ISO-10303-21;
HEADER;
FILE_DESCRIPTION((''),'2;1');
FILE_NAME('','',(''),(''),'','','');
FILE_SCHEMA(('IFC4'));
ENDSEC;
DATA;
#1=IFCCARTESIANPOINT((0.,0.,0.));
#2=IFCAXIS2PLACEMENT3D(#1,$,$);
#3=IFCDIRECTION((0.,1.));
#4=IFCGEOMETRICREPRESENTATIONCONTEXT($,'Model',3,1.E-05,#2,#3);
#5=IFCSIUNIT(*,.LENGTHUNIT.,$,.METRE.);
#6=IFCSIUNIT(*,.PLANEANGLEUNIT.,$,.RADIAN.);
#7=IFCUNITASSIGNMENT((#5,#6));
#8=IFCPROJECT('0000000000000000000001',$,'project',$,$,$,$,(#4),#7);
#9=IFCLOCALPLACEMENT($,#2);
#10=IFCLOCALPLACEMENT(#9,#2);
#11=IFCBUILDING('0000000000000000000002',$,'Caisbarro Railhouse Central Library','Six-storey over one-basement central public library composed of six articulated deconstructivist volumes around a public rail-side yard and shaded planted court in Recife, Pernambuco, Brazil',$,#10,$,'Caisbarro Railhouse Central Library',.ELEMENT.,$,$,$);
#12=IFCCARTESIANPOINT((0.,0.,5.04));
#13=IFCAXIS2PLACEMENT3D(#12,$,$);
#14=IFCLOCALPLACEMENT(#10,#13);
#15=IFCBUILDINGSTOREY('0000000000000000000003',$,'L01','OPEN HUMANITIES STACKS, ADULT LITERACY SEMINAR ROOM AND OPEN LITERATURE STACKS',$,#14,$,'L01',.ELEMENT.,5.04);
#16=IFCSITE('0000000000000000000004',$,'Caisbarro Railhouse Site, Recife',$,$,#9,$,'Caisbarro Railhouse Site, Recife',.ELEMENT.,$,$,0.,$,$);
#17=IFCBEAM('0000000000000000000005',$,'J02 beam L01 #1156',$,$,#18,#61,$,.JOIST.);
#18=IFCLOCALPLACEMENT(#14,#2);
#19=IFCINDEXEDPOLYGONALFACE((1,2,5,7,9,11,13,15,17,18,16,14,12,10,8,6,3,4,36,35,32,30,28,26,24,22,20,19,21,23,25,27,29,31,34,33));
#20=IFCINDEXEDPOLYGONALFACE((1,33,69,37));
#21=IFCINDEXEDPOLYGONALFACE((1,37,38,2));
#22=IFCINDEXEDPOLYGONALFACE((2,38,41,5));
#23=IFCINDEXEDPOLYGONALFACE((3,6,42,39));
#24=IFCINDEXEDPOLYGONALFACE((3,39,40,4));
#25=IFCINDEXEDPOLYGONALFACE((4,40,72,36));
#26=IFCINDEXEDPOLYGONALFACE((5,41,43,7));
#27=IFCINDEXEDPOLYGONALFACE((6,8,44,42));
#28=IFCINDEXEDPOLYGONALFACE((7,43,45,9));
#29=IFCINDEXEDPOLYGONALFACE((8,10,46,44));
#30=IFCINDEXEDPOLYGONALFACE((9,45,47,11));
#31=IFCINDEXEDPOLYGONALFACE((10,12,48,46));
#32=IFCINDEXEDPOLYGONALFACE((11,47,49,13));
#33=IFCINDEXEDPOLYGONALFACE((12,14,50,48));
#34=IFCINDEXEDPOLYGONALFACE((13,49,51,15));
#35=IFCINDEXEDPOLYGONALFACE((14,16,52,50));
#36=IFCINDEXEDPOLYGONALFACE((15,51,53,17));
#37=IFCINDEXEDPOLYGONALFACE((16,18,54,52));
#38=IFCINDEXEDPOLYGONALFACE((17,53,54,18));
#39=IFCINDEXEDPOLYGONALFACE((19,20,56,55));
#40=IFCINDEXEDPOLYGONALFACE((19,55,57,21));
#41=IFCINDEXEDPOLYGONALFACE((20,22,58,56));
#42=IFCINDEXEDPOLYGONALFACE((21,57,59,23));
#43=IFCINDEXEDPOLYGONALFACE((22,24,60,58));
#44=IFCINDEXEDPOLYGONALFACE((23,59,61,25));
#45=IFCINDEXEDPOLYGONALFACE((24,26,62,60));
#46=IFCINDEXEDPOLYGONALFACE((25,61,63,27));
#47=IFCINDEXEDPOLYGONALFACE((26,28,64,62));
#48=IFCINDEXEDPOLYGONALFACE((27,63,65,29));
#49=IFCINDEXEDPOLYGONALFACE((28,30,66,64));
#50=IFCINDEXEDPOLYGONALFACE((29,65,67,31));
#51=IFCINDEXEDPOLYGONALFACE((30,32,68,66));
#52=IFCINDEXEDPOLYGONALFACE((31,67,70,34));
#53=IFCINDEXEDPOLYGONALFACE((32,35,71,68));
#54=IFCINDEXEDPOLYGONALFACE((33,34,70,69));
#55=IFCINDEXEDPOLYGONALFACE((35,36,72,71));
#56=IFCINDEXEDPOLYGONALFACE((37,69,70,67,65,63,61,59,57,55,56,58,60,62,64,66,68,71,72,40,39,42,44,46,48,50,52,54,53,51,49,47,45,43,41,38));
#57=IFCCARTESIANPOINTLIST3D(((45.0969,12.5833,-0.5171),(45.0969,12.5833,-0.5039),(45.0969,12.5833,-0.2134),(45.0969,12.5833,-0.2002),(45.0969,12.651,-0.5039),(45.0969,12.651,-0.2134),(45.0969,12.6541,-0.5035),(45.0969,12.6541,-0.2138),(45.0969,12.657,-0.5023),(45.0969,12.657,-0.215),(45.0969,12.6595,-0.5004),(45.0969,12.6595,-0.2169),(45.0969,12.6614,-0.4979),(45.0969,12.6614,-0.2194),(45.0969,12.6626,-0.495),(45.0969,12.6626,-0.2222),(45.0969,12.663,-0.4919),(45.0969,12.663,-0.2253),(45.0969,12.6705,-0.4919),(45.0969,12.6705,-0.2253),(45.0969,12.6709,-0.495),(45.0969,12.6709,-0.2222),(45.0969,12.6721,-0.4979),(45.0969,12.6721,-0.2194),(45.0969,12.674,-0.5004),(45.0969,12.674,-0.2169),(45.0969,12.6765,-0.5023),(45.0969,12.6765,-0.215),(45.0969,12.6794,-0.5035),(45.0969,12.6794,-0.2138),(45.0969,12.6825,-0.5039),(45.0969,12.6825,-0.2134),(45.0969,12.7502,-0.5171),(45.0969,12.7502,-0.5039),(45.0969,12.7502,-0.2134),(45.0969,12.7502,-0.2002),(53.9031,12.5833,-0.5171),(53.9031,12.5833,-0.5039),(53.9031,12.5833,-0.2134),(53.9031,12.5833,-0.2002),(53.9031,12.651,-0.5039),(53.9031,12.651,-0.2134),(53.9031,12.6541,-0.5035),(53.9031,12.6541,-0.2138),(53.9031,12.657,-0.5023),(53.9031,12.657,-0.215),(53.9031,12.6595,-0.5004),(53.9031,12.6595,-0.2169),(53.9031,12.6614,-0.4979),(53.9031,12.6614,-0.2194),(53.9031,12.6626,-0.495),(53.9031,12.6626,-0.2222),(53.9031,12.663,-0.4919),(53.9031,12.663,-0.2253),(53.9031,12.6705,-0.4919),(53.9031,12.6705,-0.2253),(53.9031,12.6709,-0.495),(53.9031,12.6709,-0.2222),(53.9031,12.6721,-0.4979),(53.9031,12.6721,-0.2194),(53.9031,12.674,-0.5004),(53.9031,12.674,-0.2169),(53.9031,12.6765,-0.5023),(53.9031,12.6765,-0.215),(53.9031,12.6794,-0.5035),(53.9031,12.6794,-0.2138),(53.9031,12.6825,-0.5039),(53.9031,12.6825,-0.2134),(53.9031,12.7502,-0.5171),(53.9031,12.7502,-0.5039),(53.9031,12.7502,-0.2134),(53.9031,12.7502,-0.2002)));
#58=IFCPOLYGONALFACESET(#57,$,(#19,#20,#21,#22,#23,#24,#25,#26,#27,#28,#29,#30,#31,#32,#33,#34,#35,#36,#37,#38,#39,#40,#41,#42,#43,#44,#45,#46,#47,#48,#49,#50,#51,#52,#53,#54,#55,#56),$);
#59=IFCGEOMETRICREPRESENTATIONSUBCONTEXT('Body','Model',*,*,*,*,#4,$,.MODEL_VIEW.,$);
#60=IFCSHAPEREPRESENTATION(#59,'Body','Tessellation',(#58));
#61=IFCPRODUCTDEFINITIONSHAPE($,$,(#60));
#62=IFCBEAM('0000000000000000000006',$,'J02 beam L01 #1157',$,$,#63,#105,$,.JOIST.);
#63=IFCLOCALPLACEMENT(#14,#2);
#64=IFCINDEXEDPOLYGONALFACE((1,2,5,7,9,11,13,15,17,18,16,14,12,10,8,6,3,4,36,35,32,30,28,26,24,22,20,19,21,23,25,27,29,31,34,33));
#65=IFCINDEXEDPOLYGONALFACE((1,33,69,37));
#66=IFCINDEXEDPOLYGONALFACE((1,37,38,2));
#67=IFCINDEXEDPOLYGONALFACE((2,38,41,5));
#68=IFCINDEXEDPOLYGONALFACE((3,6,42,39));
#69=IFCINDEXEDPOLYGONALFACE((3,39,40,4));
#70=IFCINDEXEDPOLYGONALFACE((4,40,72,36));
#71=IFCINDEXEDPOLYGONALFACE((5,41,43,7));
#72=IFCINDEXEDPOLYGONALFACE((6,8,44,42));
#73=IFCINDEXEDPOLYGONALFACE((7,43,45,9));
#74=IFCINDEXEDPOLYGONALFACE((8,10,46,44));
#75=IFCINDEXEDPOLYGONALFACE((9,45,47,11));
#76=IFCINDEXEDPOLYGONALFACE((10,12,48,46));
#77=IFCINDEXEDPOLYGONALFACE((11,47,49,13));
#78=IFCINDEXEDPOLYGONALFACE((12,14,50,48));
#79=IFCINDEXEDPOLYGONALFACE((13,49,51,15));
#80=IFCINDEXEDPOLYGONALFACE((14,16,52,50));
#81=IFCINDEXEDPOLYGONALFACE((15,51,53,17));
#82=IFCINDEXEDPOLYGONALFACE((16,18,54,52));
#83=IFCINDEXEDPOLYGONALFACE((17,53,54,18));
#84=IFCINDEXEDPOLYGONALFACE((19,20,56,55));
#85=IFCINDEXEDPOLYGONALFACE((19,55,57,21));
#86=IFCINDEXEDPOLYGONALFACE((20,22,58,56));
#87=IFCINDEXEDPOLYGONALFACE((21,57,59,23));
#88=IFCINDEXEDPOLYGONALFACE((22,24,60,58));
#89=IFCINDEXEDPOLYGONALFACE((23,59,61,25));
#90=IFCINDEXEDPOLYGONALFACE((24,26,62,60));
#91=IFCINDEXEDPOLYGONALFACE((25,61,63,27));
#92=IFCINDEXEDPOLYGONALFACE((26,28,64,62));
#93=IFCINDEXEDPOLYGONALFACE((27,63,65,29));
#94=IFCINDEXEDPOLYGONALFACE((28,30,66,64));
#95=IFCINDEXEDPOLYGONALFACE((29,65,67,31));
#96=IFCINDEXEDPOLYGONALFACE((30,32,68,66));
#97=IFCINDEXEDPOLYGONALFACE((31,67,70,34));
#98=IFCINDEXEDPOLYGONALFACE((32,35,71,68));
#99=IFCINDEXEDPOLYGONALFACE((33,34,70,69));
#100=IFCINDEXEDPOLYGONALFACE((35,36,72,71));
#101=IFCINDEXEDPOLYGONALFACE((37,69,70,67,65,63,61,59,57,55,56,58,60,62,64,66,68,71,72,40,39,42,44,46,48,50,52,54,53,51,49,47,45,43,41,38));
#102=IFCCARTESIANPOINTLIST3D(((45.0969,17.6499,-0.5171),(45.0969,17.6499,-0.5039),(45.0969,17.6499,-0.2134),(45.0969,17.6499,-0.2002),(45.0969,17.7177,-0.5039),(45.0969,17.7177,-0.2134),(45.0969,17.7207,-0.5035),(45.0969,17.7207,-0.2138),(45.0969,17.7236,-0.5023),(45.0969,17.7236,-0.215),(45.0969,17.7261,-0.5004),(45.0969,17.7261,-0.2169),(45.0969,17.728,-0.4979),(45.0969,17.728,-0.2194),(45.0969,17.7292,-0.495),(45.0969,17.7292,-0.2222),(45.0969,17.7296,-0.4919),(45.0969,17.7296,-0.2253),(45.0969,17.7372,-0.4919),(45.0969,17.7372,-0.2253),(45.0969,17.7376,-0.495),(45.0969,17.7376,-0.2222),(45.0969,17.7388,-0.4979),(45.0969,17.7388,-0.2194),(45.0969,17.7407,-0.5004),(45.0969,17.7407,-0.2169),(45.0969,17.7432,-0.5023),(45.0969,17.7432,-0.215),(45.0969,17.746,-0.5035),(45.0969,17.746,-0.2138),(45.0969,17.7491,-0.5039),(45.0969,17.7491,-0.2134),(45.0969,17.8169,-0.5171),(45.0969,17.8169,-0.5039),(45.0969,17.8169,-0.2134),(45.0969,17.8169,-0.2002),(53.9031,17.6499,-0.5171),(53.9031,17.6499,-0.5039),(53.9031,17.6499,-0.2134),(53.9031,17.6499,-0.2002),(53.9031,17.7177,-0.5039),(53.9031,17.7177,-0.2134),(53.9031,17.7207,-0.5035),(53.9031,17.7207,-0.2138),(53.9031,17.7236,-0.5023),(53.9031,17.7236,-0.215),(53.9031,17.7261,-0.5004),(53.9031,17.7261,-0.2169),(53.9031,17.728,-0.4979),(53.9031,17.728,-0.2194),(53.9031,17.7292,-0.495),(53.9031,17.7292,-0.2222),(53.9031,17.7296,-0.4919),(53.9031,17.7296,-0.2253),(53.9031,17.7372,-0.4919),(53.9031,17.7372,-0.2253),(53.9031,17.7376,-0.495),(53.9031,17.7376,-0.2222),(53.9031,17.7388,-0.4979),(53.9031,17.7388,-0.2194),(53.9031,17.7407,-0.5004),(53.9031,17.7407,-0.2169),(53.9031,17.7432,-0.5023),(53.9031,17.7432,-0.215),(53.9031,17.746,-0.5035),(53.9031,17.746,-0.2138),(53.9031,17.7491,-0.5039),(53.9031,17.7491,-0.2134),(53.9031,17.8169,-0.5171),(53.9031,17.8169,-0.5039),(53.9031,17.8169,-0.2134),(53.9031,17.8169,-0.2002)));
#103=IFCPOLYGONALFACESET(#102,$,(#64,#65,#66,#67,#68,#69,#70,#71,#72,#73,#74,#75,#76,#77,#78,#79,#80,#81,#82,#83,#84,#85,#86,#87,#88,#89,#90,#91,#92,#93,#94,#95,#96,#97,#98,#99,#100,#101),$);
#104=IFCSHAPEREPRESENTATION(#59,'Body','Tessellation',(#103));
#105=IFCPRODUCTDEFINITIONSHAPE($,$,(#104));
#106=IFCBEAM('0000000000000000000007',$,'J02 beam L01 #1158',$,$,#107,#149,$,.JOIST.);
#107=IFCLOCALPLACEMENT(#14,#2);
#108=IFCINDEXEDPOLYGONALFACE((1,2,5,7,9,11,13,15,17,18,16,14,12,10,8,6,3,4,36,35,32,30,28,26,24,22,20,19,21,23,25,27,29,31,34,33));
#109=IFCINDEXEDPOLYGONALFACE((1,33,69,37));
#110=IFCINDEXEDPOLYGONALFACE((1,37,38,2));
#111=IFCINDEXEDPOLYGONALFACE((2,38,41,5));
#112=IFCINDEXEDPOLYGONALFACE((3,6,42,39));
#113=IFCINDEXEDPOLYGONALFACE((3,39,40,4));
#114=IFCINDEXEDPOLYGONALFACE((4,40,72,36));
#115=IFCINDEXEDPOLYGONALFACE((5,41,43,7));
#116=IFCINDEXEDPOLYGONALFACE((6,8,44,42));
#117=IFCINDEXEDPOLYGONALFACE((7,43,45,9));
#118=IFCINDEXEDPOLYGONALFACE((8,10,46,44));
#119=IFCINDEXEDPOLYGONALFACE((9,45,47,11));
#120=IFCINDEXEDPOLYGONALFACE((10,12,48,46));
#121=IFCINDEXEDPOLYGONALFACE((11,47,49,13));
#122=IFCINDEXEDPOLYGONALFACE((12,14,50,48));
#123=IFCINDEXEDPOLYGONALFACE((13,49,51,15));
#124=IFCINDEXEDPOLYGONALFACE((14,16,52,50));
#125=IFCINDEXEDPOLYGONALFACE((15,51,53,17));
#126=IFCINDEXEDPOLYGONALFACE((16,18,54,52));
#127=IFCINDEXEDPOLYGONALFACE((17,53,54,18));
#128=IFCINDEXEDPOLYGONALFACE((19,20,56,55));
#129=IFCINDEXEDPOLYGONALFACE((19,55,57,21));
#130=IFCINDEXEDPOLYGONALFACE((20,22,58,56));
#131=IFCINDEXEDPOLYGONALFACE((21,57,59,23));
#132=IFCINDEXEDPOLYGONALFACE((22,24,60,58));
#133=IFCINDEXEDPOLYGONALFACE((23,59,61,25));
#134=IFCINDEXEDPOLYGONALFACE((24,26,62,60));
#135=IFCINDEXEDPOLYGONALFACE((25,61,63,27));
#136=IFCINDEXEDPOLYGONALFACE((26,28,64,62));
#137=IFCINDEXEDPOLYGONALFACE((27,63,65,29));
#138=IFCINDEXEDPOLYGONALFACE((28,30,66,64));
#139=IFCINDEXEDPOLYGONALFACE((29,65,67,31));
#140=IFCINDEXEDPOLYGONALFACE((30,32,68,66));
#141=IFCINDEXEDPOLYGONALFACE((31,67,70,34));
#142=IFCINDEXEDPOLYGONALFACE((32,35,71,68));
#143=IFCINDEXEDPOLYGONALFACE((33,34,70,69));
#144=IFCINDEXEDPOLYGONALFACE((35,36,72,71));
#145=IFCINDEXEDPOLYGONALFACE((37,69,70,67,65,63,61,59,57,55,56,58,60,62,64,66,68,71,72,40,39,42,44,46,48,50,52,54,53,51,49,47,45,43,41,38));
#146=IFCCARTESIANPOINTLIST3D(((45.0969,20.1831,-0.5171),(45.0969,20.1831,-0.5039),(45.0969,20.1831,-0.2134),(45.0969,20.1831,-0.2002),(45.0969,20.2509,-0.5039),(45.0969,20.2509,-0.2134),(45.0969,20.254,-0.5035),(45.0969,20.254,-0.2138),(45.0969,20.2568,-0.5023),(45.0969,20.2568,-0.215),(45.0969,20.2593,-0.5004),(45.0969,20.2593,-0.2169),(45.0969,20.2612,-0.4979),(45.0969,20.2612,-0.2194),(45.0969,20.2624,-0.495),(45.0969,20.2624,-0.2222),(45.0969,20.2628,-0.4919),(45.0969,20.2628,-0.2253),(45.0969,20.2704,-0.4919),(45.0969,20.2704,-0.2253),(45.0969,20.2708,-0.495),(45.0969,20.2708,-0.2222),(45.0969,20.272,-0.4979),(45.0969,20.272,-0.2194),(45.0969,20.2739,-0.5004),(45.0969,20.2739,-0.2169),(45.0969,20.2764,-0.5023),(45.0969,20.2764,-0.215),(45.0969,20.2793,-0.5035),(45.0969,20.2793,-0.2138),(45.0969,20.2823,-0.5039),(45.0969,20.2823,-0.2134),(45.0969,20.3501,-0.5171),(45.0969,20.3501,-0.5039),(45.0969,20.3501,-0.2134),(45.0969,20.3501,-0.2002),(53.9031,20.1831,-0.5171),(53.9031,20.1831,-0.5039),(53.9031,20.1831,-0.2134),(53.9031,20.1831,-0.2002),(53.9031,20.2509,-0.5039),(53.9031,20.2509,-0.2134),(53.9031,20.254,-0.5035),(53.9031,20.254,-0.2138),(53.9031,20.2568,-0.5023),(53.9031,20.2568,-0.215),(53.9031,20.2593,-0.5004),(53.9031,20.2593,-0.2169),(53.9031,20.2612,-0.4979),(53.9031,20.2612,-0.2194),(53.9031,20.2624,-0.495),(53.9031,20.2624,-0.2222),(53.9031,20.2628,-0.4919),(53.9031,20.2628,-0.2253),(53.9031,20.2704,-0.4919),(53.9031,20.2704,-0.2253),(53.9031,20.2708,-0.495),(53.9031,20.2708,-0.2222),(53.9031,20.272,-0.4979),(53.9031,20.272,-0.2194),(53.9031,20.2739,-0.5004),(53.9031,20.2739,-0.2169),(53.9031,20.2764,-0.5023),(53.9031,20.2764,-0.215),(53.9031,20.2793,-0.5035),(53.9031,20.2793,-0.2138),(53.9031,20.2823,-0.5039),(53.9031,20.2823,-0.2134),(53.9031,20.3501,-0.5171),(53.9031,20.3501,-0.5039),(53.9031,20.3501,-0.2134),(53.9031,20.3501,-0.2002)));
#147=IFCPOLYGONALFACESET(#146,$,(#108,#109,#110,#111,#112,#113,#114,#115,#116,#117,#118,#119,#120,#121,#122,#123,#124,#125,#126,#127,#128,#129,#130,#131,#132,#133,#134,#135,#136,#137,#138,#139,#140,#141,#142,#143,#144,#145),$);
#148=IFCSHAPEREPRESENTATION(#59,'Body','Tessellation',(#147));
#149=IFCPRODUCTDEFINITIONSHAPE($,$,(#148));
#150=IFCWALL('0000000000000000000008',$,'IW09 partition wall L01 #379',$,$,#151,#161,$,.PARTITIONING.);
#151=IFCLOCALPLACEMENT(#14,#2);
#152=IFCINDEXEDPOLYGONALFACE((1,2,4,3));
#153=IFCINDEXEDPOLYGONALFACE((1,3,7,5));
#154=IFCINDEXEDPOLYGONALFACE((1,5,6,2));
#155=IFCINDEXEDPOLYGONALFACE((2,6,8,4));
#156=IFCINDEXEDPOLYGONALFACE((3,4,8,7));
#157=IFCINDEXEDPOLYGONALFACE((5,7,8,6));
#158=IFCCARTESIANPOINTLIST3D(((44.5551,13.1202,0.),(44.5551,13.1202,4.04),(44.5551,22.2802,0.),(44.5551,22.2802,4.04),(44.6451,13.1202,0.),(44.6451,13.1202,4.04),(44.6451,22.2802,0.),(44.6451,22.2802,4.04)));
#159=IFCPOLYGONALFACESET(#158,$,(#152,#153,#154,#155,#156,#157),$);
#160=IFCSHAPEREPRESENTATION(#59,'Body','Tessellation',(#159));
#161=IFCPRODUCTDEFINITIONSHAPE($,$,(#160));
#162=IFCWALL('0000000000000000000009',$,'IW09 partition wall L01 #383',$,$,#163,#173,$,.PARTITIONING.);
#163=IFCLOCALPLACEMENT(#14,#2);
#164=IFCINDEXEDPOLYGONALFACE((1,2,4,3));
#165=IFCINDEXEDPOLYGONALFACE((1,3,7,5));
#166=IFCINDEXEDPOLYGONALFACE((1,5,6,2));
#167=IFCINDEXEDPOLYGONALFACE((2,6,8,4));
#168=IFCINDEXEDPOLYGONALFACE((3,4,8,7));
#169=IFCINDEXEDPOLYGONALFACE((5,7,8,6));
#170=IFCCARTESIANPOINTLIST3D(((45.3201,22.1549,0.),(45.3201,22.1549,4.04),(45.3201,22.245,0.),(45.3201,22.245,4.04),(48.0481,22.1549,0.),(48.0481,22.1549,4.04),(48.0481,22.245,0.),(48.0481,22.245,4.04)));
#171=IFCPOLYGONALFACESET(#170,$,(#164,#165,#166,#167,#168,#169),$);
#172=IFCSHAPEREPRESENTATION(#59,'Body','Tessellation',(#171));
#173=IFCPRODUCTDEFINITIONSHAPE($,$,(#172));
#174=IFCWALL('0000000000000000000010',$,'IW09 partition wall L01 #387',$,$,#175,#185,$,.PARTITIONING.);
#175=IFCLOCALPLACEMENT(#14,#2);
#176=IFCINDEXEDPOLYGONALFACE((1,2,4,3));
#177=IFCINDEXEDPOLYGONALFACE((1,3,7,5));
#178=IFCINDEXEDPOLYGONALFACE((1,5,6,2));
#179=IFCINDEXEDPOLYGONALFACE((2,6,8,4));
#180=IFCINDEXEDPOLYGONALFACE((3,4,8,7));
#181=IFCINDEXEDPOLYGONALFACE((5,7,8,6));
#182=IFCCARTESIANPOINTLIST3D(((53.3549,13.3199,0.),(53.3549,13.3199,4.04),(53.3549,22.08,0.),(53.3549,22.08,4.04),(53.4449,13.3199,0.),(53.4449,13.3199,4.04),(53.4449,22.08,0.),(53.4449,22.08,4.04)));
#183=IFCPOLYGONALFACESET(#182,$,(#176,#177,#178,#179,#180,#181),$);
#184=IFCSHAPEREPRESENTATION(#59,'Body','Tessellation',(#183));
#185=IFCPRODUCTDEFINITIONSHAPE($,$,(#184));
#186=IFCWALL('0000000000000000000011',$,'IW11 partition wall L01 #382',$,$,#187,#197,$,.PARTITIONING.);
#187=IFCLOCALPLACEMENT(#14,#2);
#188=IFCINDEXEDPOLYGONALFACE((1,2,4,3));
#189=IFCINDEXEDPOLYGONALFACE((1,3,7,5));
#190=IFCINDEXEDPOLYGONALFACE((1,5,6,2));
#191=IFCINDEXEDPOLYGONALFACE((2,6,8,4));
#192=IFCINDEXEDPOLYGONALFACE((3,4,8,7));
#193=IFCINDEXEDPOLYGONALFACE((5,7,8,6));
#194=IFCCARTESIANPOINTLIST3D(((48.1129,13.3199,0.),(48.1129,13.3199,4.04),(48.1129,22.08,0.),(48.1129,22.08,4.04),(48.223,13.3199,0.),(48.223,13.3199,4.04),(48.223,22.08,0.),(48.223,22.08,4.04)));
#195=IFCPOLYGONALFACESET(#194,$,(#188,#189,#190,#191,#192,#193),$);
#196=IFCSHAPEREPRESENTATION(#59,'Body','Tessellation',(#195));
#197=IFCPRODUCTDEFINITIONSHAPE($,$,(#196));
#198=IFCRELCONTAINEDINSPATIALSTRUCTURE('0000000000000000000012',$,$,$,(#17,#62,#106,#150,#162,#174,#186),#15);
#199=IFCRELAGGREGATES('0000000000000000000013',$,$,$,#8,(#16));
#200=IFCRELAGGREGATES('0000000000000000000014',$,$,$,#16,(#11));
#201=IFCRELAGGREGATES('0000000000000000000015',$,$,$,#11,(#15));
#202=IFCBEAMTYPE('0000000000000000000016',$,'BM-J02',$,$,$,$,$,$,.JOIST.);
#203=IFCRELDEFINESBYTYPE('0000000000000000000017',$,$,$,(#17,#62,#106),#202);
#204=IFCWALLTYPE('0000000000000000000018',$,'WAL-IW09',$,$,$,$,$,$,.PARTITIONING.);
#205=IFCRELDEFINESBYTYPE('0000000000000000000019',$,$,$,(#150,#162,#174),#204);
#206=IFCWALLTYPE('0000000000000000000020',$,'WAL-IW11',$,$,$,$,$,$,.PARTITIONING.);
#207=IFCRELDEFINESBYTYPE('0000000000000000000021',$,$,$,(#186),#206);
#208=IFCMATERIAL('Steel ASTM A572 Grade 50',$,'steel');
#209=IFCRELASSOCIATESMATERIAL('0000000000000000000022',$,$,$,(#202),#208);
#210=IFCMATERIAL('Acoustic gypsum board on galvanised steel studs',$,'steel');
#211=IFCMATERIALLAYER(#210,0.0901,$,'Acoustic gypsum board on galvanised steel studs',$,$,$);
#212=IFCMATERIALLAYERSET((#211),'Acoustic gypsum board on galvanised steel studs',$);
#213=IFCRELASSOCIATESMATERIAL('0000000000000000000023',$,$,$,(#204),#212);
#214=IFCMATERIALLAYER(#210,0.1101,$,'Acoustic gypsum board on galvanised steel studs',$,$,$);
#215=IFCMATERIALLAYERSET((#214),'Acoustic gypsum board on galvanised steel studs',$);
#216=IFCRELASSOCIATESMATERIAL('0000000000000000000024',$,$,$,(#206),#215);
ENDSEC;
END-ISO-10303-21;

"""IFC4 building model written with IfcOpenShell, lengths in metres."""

from ifc_helpers import new_model, si_unit, direction, frame, frame_2d, origin, origin_2d, place, context, subcontext, project, spatial, rectangle, i_section, extrude, material, layer, layer_set, material_profile, profile_set, type_object, element, save


model = new_model("IFC4")

# Units and contexts
model_context = context("Model", 3, precision=1e-05, world=origin(), true_north=direction((0.0, 1.0)))
body_context = subcontext(model_context, "Body", "Model", "MODEL_VIEW")
ifc_project = project(units=[si_unit("LENGTHUNIT", "METRE"), si_unit("PLANEANGLEUNIT", "RADIAN")], contexts=[model_context])

# Site, building, storey
site_placement = place(None, origin())
site = spatial("IfcSite", under=ifc_project, at=site_placement, Name="Caisbarro Railhouse Site, Recife", LongName="Caisbarro Railhouse Site, Recife", CompositionType="ELEMENT", RefElevation=0.0)
building_placement = place(site_placement, origin())
building = spatial("IfcBuilding", under=site, at=building_placement, Name="Caisbarro Railhouse Central Library", Description="Six-storey over one-basement central public library composed of six articulated deconstructivist volumes around a public rail-side yard and shaded planted court in Recife, Pernambuco, Brazil", LongName="Caisbarro Railhouse Central Library", CompositionType="ELEMENT")
storey_placement = place(building_placement, frame((0.0, 0.0, 5.04)))
storey = spatial("IfcBuildingStorey", under=building, at=storey_placement, Name="L01", Description="OPEN HUMANITIES STACKS, ADULT LITERACY SEMINAR ROOM AND OPEN LITERATURE STACKS", LongName="L01", CompositionType="ELEMENT", Elevation=5.04)

# Shared definitions
ifc_material_1 = material(Name="Steel ASTM A572 Grade 50", Category="steel")

# Beams
ifc_material_profile_1 = material_profile(ifc_material_1, i_section(OverallWidth=0.167, OverallDepth=0.3169, WebThickness=0.0076, FlangeThickness=0.0132, FilletRadius=0.012, at=origin_2d()), Name="W310X52.0")
ifc_profile_set_1 = profile_set([ifc_material_profile_1], Name="Steel ASTM A572 Grade 50")
beam_type_1 = type_object("IfcBeamType", Name="BM-J02", PredefinedType="JOIST", material=ifc_profile_set_1)
for number, where, z_axis, x_axis, name in (
    (1, (45.0969, 12.6667, -0.3586), (1.0, 0.0, 0.0), (0.0, 1.0, 0.0), "J02 beam L01 #1156"),
    (2, (45.0969, 17.7334, -0.3586), (1.0, 0.0, 0.0), (0.0, 1.0, 0.0), "J02 beam L01 #1157"),
    (3, (45.0969, 20.2666, -0.3586), (1.0, 0.0, 0.0), (0.0, 1.0, 0.0), "J02 beam L01 #1158"),
):
    element("IfcBeam", number, at=place(storey_placement, frame(where, z_axis=z_axis, x_axis=x_axis)), inside=storey, type_object=beam_type_1, Name=name, PredefinedType="JOIST", context=body_context, shape_type="SweptSolid", body=[
        extrude(i_section(OverallWidth=0.167, OverallDepth=0.3169, WebThickness=0.0076, FlangeThickness=0.0132, FilletRadius=0.012, at=origin_2d()), origin(), (0.0, 0.0, 1.0), 8.8062),
    ])

# Walls
ifc_material_2 = material(Name="Acoustic gypsum board on galvanised steel studs", Category="steel")
ifc_layer_1 = layer(ifc_material_2, 0.0901, Name="Acoustic gypsum board on galvanised steel studs")
ifc_layer_set_1 = layer_set([ifc_layer_1], Name="Acoustic gypsum board on galvanised steel studs")
wall_type_1 = type_object("IfcWallType", Name="WAL-IW09", PredefinedType="PARTITIONING", material=ifc_layer_set_1)
wall_1_placement = place(storey_placement, frame((44.6001, 13.1201, 0.0), z_axis=(0.0, 0.0, 1.0), x_axis=(0.0, 1.0, 0.0)))
element("IfcWall", 4, at=wall_1_placement, inside=storey, type_object=wall_type_1, Name="IW09 partition wall L01 #379", PredefinedType="PARTITIONING", context=body_context, shape_type="SweptSolid", body=[
    extrude(rectangle(XDim=9.1599, YDim=0.0901, at=frame_2d((4.5801, 0.0))), origin(), (0.0, 0.0, 1.0), 4.04),
])
wall_2_placement = place(storey_placement, frame((45.3201, 22.2, 0.0), z_axis=(0.0, 0.0, 1.0), x_axis=(1.0, 0.0, 0.0)))
element("IfcWall", 5, at=wall_2_placement, inside=storey, type_object=wall_type_1, Name="IW09 partition wall L01 #383", PredefinedType="PARTITIONING", context=body_context, shape_type="SweptSolid", body=[
    extrude(rectangle(XDim=2.728, YDim=0.0901, at=frame_2d((1.364, 0.0))), origin(), (0.0, 0.0, 1.0), 4.04),
])
wall_3_placement = place(storey_placement, frame((53.3999, 13.3201, 0.0), z_axis=(0.0, 0.0, 1.0), x_axis=(0.0, 1.0, 0.0)))
element("IfcWall", 6, at=wall_3_placement, inside=storey, type_object=wall_type_1, Name="IW09 partition wall L01 #387", PredefinedType="PARTITIONING", context=body_context, shape_type="SweptSolid", body=[
    extrude(rectangle(XDim=8.76, YDim=0.0901, at=frame_2d((4.3799, 0.0))), origin(), (0.0, 0.0, 1.0), 4.04),
])
ifc_layer_2 = layer(ifc_material_2, 0.1101, Name="Acoustic gypsum board on galvanised steel studs")
ifc_layer_set_2 = layer_set([ifc_layer_2], Name="Acoustic gypsum board on galvanised steel studs")
wall_type_2 = type_object("IfcWallType", Name="WAL-IW11", PredefinedType="PARTITIONING", material=ifc_layer_set_2)
wall_4_placement = place(storey_placement, frame((48.168, 13.3201, 0.0), z_axis=(0.0, 0.0, 1.0), x_axis=(0.0, 1.0, 0.0)))
element("IfcWall", 7, at=wall_4_placement, inside=storey, type_object=wall_type_2, Name="IW11 partition wall L01 #382", PredefinedType="PARTITIONING", context=body_context, shape_type="SweptSolid", body=[
    extrude(rectangle(XDim=8.76, YDim=0.1101, at=frame_2d((4.3799, 0.0))), origin(), (0.0, 0.0, 1.0), 4.04),
])

save(model, "model.ifc")
